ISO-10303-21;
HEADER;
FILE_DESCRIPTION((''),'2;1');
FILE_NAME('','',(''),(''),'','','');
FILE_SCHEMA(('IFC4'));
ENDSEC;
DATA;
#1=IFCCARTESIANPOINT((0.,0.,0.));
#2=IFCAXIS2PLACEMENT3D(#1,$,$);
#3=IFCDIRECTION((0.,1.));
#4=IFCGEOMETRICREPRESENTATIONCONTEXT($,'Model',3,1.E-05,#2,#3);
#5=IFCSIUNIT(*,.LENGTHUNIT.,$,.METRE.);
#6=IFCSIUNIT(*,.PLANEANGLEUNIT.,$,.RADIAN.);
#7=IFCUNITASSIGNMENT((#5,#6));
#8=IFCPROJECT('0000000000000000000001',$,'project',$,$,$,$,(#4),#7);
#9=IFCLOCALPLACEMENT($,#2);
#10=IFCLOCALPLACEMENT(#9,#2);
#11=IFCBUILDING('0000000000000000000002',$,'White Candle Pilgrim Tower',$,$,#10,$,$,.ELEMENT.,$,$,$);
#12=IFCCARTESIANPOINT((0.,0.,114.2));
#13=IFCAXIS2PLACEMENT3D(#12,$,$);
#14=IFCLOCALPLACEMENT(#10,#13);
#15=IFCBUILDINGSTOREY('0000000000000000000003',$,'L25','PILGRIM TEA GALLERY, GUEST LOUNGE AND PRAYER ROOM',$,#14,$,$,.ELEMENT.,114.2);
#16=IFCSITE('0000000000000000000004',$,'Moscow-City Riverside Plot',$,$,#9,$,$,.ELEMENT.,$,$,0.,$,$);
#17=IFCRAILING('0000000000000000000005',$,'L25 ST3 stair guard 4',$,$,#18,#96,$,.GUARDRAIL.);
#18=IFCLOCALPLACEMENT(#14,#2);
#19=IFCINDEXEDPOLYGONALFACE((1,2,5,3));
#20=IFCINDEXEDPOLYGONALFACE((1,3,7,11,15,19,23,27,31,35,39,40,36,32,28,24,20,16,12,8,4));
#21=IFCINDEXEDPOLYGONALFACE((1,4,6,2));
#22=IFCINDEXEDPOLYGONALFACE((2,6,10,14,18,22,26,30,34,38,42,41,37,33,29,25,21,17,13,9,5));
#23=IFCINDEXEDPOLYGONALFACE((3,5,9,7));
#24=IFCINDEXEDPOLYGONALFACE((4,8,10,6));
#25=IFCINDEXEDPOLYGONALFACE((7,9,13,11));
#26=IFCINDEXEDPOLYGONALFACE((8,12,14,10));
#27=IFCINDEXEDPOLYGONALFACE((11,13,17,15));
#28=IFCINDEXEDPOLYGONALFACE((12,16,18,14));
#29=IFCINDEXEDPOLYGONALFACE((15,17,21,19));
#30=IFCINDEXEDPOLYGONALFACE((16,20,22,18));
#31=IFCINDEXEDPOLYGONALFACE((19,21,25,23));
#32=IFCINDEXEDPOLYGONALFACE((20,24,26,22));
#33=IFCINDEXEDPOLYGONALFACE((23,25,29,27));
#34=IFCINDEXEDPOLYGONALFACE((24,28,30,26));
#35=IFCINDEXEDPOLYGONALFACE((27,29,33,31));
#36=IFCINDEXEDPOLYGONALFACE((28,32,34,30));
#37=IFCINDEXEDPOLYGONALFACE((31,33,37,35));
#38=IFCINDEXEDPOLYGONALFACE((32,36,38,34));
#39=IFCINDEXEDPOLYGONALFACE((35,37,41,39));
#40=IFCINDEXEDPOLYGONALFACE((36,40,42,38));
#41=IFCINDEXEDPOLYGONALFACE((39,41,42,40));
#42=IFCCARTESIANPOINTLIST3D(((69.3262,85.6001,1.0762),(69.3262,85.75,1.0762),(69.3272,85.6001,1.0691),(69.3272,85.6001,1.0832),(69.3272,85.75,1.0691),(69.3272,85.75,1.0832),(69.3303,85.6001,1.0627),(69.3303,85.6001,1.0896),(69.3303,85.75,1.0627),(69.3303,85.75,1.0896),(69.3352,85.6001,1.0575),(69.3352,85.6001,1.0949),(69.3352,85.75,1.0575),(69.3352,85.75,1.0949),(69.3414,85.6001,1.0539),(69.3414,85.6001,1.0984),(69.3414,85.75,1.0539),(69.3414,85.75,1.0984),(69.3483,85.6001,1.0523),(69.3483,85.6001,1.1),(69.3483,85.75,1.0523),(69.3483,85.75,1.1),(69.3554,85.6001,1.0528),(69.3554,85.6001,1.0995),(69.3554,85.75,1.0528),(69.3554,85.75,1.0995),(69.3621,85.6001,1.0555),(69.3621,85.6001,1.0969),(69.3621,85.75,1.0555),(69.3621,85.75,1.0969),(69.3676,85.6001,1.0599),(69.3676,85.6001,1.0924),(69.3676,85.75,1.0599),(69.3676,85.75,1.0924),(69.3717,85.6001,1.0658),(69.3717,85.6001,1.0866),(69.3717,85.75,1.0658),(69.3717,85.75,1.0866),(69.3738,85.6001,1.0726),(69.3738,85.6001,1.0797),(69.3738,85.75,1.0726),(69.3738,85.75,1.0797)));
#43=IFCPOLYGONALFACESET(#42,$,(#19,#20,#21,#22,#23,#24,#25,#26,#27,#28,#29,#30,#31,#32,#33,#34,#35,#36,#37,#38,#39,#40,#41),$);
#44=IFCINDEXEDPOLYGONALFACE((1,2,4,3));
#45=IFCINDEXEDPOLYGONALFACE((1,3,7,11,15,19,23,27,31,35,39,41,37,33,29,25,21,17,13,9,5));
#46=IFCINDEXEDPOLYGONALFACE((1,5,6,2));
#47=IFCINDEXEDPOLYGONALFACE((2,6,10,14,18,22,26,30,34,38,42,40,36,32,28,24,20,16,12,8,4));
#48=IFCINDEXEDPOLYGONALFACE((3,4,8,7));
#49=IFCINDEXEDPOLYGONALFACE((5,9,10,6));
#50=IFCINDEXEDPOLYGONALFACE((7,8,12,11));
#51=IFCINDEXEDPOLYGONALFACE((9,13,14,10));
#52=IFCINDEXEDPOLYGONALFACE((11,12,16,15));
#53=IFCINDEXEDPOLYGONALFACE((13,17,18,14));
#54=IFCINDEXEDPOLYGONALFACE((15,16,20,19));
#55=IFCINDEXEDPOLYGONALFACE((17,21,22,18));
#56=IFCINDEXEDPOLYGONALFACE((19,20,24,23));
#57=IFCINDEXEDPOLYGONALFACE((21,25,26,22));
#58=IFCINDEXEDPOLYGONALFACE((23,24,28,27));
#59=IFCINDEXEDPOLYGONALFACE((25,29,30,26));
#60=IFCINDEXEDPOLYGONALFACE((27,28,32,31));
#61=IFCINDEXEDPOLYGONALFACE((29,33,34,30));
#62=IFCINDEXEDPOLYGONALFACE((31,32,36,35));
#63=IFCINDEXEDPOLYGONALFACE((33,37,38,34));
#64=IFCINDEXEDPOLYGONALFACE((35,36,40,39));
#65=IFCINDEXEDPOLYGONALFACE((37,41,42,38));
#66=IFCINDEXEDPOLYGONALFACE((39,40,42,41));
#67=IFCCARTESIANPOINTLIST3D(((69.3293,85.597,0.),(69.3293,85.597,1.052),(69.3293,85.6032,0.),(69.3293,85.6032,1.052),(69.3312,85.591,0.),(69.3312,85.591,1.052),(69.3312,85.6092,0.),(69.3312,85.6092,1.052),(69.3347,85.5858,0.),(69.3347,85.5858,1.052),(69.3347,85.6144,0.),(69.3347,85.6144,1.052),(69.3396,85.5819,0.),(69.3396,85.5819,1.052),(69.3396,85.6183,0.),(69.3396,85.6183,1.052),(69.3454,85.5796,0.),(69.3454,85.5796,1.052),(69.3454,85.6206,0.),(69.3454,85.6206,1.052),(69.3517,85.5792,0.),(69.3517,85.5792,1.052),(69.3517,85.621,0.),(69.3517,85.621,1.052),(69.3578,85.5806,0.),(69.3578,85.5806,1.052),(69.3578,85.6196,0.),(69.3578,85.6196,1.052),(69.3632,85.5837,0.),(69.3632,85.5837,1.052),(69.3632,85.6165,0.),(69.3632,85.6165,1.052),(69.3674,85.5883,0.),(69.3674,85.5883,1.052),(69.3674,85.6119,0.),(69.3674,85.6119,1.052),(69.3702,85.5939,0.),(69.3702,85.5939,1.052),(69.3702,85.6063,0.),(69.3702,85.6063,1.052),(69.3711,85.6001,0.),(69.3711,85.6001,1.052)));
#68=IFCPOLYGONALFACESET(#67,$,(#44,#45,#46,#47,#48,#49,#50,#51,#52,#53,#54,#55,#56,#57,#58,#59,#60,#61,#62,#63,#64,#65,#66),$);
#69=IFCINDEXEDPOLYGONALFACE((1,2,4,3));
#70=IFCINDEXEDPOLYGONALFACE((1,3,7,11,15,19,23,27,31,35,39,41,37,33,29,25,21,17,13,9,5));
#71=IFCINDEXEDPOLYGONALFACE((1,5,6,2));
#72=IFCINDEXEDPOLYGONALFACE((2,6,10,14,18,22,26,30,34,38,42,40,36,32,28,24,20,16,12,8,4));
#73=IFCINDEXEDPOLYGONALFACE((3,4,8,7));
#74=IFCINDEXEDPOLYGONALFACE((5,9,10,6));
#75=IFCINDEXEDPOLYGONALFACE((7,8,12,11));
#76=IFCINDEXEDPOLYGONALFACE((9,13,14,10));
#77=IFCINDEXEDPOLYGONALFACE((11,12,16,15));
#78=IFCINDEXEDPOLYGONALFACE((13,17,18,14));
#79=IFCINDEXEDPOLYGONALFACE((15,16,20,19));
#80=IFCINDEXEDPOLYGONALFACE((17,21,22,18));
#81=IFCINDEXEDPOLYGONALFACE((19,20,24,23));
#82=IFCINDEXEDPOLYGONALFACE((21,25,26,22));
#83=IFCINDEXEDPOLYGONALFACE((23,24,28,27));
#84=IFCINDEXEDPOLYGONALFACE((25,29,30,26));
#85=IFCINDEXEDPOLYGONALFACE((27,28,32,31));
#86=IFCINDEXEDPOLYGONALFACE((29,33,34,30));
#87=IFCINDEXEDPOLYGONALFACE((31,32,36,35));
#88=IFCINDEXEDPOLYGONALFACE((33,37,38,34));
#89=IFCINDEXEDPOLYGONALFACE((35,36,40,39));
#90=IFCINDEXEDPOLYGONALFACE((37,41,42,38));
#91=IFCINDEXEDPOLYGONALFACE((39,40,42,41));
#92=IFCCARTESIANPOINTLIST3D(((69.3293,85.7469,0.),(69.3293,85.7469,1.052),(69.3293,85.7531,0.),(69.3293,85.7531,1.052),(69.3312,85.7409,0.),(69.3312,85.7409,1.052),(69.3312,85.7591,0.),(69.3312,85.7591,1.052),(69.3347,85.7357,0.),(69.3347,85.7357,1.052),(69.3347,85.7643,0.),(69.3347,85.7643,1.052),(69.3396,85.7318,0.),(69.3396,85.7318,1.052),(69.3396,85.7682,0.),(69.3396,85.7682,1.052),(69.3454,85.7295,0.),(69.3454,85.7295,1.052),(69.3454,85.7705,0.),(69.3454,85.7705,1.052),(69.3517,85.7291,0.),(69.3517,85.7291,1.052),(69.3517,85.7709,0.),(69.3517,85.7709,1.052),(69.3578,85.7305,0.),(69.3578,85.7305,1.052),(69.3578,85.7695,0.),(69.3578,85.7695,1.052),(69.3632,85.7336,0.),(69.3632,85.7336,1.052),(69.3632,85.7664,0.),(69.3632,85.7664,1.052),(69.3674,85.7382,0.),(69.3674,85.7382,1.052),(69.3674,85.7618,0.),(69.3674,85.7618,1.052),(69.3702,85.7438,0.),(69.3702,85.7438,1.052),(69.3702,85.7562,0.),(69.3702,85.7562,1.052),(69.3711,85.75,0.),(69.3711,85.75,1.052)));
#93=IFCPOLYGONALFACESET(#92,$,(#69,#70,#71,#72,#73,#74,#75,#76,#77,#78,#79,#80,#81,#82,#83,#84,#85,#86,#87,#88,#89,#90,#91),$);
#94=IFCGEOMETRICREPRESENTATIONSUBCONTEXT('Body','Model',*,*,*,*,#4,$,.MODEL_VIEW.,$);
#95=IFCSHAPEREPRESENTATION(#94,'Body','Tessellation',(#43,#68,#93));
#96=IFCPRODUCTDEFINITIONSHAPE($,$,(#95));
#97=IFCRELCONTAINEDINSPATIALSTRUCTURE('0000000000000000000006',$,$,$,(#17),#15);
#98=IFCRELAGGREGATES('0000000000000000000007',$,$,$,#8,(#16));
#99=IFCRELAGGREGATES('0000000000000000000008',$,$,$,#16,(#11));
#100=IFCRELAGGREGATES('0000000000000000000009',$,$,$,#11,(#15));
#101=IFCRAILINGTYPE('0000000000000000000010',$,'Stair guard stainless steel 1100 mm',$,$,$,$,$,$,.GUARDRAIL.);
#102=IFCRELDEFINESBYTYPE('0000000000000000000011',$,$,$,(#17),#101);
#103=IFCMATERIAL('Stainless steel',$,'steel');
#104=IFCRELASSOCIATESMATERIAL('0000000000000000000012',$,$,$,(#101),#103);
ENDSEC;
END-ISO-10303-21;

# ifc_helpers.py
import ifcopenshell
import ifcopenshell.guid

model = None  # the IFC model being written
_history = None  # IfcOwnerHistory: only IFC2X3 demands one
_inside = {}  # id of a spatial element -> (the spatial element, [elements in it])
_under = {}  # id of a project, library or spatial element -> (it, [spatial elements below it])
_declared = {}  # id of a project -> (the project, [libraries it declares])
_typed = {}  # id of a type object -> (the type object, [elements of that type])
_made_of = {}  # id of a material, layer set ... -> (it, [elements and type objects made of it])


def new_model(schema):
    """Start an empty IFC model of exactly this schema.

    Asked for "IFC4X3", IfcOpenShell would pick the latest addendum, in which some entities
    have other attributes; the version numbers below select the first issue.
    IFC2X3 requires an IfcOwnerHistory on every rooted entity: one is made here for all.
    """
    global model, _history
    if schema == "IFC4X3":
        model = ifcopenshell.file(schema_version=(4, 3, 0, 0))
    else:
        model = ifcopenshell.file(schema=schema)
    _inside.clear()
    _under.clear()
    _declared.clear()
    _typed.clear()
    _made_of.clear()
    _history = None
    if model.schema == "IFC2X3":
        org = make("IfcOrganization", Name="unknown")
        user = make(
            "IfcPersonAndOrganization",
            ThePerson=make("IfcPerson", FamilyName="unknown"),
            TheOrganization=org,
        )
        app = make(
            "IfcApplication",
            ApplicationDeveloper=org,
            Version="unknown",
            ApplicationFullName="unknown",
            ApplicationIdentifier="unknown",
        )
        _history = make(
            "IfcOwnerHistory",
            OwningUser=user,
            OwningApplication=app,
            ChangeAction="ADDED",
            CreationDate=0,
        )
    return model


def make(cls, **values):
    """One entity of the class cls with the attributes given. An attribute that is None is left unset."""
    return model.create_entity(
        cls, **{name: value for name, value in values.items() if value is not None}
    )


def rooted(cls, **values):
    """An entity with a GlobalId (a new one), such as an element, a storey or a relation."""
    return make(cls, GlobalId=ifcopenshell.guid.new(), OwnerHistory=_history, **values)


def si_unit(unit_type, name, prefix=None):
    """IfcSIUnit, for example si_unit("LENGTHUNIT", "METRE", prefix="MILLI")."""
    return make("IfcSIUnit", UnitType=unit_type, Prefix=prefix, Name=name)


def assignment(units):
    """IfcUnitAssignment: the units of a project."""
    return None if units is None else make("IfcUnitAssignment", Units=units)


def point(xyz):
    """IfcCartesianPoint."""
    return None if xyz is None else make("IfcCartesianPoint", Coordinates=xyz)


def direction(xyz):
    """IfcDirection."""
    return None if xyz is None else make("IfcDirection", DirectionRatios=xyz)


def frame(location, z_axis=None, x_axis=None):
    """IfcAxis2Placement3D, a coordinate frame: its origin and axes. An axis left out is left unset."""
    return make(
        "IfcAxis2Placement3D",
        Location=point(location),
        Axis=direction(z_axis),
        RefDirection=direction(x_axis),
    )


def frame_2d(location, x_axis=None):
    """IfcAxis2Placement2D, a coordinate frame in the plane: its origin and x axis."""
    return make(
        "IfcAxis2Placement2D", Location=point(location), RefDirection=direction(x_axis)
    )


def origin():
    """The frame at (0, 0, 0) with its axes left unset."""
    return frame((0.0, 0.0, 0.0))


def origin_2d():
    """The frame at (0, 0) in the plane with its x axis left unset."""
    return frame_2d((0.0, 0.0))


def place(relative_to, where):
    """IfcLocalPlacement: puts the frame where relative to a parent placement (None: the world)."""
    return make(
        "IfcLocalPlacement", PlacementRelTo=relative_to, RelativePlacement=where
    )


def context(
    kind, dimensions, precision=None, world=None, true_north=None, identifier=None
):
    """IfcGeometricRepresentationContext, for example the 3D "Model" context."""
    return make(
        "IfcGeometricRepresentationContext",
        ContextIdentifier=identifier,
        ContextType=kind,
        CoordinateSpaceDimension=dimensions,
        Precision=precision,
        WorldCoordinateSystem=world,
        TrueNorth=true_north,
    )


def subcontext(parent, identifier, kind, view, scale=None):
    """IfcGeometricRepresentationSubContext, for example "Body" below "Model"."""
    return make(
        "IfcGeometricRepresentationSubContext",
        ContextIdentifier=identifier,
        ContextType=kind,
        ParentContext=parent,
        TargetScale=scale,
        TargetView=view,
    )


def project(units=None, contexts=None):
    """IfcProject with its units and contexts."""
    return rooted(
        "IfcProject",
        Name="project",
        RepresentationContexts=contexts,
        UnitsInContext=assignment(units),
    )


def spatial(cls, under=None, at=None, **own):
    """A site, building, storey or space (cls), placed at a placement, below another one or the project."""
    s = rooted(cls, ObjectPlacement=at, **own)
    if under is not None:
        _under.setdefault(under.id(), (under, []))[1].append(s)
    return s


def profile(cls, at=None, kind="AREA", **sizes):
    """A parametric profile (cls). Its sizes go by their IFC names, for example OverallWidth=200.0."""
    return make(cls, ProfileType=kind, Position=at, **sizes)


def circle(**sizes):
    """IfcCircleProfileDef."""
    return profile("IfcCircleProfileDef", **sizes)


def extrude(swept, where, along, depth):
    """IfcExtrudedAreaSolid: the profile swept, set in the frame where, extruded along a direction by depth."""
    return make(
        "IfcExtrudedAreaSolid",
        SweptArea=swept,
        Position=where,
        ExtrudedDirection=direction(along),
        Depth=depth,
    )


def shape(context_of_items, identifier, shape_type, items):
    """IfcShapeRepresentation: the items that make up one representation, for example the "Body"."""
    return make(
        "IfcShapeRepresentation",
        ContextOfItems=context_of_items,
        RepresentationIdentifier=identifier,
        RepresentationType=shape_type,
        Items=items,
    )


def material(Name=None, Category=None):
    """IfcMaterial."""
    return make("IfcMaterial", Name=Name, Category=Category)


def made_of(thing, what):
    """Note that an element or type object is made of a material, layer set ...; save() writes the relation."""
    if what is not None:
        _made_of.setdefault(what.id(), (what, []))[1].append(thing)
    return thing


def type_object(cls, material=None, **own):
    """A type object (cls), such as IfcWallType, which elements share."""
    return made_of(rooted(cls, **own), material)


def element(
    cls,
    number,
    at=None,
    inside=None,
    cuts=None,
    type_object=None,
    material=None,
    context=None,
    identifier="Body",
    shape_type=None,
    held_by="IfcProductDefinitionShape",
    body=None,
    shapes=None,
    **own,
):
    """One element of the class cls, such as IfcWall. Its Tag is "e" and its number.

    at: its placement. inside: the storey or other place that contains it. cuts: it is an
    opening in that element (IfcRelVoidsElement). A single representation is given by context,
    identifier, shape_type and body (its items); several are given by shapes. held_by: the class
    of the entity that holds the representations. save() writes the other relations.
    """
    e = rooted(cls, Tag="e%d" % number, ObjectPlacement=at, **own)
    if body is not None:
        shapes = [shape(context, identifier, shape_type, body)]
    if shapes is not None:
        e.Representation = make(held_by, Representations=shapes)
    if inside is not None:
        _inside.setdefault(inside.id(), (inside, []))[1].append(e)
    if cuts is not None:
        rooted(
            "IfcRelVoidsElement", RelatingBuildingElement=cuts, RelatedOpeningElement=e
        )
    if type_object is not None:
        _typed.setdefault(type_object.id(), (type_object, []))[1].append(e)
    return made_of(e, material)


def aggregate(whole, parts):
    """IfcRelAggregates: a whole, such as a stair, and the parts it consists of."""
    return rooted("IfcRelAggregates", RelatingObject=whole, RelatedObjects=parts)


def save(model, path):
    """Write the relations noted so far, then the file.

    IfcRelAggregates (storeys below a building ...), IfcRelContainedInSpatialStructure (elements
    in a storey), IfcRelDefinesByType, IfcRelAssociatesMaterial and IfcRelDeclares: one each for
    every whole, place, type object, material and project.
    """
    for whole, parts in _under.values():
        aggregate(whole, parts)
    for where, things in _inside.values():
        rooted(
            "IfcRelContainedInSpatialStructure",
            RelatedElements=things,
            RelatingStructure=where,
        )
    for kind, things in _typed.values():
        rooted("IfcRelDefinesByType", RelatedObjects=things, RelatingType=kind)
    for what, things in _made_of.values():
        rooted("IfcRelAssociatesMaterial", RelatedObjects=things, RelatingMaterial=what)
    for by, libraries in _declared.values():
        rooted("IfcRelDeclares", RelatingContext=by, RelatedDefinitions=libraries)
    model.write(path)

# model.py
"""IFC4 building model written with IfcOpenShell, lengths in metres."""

from ifc_helpers import new_model, si_unit, direction, frame, origin, origin_2d, place, context, subcontext, project, spatial, circle, extrude, material, type_object, element, save


model = new_model("IFC4")

# Units and contexts
model_context = context("Model", 3, precision=1e-05, world=origin(), true_north=direction((0.0, 1.0)))
body_context = subcontext(model_context, "Body", "Model", "MODEL_VIEW")
ifc_project = project(units=[si_unit("LENGTHUNIT", "METRE"), si_unit("PLANEANGLEUNIT", "RADIAN")], contexts=[model_context])

# Site, building, storey
site_placement = place(None, origin())
site = spatial("IfcSite", under=ifc_project, at=site_placement, Name="Moscow-City Riverside Plot", CompositionType="ELEMENT", RefElevation=0.0)
building_placement = place(site_placement, origin())
building = spatial("IfcBuilding", under=site, at=building_placement, Name="White Candle Pilgrim Tower", CompositionType="ELEMENT")
storey_placement = place(building_placement, frame((0.0, 0.0, 114.2)))
storey = spatial("IfcBuildingStorey", under=building, at=storey_placement, Name="L25", Description="PILGRIM TEA GALLERY, GUEST LOUNGE AND PRAYER ROOM", CompositionType="ELEMENT", Elevation=114.2)

# Railing
ifc_material_1 = material(Name="Stainless steel", Category="steel")
railing_type_1 = type_object("IfcRailingType", Name="Stair guard stainless steel 1100 mm", PredefinedType="GUARDRAIL", material=ifc_material_1)
railing_1_placement = place(storey_placement, frame((69.3501, 85.6001, 0.0)))
element("IfcRailing", 1, at=railing_1_placement, inside=storey, type_object=railing_type_1, Name="L25 ST3 stair guard 4", PredefinedType="GUARDRAIL", context=body_context, shape_type="SweptSolid", body=[
    extrude(circle(Radius=0.0239, at=origin_2d()), frame((0.0, 0.0, 1.0762), z_axis=(0.0, 1.0, 0.0), x_axis=(-1.0, 0.0, 0.0)), (0.0, 0.0, 1.0), 0.1499),
    extrude(circle(Radius=0.021, at=origin_2d()), origin(), (0.0, 0.0, 1.0), 1.052),
    extrude(circle(Radius=0.021, at=origin_2d()), frame((0.0, 0.1499, 0.0)), (0.0, 0.0, 1.0), 1.052),
])

save(model, "model.ifc")
